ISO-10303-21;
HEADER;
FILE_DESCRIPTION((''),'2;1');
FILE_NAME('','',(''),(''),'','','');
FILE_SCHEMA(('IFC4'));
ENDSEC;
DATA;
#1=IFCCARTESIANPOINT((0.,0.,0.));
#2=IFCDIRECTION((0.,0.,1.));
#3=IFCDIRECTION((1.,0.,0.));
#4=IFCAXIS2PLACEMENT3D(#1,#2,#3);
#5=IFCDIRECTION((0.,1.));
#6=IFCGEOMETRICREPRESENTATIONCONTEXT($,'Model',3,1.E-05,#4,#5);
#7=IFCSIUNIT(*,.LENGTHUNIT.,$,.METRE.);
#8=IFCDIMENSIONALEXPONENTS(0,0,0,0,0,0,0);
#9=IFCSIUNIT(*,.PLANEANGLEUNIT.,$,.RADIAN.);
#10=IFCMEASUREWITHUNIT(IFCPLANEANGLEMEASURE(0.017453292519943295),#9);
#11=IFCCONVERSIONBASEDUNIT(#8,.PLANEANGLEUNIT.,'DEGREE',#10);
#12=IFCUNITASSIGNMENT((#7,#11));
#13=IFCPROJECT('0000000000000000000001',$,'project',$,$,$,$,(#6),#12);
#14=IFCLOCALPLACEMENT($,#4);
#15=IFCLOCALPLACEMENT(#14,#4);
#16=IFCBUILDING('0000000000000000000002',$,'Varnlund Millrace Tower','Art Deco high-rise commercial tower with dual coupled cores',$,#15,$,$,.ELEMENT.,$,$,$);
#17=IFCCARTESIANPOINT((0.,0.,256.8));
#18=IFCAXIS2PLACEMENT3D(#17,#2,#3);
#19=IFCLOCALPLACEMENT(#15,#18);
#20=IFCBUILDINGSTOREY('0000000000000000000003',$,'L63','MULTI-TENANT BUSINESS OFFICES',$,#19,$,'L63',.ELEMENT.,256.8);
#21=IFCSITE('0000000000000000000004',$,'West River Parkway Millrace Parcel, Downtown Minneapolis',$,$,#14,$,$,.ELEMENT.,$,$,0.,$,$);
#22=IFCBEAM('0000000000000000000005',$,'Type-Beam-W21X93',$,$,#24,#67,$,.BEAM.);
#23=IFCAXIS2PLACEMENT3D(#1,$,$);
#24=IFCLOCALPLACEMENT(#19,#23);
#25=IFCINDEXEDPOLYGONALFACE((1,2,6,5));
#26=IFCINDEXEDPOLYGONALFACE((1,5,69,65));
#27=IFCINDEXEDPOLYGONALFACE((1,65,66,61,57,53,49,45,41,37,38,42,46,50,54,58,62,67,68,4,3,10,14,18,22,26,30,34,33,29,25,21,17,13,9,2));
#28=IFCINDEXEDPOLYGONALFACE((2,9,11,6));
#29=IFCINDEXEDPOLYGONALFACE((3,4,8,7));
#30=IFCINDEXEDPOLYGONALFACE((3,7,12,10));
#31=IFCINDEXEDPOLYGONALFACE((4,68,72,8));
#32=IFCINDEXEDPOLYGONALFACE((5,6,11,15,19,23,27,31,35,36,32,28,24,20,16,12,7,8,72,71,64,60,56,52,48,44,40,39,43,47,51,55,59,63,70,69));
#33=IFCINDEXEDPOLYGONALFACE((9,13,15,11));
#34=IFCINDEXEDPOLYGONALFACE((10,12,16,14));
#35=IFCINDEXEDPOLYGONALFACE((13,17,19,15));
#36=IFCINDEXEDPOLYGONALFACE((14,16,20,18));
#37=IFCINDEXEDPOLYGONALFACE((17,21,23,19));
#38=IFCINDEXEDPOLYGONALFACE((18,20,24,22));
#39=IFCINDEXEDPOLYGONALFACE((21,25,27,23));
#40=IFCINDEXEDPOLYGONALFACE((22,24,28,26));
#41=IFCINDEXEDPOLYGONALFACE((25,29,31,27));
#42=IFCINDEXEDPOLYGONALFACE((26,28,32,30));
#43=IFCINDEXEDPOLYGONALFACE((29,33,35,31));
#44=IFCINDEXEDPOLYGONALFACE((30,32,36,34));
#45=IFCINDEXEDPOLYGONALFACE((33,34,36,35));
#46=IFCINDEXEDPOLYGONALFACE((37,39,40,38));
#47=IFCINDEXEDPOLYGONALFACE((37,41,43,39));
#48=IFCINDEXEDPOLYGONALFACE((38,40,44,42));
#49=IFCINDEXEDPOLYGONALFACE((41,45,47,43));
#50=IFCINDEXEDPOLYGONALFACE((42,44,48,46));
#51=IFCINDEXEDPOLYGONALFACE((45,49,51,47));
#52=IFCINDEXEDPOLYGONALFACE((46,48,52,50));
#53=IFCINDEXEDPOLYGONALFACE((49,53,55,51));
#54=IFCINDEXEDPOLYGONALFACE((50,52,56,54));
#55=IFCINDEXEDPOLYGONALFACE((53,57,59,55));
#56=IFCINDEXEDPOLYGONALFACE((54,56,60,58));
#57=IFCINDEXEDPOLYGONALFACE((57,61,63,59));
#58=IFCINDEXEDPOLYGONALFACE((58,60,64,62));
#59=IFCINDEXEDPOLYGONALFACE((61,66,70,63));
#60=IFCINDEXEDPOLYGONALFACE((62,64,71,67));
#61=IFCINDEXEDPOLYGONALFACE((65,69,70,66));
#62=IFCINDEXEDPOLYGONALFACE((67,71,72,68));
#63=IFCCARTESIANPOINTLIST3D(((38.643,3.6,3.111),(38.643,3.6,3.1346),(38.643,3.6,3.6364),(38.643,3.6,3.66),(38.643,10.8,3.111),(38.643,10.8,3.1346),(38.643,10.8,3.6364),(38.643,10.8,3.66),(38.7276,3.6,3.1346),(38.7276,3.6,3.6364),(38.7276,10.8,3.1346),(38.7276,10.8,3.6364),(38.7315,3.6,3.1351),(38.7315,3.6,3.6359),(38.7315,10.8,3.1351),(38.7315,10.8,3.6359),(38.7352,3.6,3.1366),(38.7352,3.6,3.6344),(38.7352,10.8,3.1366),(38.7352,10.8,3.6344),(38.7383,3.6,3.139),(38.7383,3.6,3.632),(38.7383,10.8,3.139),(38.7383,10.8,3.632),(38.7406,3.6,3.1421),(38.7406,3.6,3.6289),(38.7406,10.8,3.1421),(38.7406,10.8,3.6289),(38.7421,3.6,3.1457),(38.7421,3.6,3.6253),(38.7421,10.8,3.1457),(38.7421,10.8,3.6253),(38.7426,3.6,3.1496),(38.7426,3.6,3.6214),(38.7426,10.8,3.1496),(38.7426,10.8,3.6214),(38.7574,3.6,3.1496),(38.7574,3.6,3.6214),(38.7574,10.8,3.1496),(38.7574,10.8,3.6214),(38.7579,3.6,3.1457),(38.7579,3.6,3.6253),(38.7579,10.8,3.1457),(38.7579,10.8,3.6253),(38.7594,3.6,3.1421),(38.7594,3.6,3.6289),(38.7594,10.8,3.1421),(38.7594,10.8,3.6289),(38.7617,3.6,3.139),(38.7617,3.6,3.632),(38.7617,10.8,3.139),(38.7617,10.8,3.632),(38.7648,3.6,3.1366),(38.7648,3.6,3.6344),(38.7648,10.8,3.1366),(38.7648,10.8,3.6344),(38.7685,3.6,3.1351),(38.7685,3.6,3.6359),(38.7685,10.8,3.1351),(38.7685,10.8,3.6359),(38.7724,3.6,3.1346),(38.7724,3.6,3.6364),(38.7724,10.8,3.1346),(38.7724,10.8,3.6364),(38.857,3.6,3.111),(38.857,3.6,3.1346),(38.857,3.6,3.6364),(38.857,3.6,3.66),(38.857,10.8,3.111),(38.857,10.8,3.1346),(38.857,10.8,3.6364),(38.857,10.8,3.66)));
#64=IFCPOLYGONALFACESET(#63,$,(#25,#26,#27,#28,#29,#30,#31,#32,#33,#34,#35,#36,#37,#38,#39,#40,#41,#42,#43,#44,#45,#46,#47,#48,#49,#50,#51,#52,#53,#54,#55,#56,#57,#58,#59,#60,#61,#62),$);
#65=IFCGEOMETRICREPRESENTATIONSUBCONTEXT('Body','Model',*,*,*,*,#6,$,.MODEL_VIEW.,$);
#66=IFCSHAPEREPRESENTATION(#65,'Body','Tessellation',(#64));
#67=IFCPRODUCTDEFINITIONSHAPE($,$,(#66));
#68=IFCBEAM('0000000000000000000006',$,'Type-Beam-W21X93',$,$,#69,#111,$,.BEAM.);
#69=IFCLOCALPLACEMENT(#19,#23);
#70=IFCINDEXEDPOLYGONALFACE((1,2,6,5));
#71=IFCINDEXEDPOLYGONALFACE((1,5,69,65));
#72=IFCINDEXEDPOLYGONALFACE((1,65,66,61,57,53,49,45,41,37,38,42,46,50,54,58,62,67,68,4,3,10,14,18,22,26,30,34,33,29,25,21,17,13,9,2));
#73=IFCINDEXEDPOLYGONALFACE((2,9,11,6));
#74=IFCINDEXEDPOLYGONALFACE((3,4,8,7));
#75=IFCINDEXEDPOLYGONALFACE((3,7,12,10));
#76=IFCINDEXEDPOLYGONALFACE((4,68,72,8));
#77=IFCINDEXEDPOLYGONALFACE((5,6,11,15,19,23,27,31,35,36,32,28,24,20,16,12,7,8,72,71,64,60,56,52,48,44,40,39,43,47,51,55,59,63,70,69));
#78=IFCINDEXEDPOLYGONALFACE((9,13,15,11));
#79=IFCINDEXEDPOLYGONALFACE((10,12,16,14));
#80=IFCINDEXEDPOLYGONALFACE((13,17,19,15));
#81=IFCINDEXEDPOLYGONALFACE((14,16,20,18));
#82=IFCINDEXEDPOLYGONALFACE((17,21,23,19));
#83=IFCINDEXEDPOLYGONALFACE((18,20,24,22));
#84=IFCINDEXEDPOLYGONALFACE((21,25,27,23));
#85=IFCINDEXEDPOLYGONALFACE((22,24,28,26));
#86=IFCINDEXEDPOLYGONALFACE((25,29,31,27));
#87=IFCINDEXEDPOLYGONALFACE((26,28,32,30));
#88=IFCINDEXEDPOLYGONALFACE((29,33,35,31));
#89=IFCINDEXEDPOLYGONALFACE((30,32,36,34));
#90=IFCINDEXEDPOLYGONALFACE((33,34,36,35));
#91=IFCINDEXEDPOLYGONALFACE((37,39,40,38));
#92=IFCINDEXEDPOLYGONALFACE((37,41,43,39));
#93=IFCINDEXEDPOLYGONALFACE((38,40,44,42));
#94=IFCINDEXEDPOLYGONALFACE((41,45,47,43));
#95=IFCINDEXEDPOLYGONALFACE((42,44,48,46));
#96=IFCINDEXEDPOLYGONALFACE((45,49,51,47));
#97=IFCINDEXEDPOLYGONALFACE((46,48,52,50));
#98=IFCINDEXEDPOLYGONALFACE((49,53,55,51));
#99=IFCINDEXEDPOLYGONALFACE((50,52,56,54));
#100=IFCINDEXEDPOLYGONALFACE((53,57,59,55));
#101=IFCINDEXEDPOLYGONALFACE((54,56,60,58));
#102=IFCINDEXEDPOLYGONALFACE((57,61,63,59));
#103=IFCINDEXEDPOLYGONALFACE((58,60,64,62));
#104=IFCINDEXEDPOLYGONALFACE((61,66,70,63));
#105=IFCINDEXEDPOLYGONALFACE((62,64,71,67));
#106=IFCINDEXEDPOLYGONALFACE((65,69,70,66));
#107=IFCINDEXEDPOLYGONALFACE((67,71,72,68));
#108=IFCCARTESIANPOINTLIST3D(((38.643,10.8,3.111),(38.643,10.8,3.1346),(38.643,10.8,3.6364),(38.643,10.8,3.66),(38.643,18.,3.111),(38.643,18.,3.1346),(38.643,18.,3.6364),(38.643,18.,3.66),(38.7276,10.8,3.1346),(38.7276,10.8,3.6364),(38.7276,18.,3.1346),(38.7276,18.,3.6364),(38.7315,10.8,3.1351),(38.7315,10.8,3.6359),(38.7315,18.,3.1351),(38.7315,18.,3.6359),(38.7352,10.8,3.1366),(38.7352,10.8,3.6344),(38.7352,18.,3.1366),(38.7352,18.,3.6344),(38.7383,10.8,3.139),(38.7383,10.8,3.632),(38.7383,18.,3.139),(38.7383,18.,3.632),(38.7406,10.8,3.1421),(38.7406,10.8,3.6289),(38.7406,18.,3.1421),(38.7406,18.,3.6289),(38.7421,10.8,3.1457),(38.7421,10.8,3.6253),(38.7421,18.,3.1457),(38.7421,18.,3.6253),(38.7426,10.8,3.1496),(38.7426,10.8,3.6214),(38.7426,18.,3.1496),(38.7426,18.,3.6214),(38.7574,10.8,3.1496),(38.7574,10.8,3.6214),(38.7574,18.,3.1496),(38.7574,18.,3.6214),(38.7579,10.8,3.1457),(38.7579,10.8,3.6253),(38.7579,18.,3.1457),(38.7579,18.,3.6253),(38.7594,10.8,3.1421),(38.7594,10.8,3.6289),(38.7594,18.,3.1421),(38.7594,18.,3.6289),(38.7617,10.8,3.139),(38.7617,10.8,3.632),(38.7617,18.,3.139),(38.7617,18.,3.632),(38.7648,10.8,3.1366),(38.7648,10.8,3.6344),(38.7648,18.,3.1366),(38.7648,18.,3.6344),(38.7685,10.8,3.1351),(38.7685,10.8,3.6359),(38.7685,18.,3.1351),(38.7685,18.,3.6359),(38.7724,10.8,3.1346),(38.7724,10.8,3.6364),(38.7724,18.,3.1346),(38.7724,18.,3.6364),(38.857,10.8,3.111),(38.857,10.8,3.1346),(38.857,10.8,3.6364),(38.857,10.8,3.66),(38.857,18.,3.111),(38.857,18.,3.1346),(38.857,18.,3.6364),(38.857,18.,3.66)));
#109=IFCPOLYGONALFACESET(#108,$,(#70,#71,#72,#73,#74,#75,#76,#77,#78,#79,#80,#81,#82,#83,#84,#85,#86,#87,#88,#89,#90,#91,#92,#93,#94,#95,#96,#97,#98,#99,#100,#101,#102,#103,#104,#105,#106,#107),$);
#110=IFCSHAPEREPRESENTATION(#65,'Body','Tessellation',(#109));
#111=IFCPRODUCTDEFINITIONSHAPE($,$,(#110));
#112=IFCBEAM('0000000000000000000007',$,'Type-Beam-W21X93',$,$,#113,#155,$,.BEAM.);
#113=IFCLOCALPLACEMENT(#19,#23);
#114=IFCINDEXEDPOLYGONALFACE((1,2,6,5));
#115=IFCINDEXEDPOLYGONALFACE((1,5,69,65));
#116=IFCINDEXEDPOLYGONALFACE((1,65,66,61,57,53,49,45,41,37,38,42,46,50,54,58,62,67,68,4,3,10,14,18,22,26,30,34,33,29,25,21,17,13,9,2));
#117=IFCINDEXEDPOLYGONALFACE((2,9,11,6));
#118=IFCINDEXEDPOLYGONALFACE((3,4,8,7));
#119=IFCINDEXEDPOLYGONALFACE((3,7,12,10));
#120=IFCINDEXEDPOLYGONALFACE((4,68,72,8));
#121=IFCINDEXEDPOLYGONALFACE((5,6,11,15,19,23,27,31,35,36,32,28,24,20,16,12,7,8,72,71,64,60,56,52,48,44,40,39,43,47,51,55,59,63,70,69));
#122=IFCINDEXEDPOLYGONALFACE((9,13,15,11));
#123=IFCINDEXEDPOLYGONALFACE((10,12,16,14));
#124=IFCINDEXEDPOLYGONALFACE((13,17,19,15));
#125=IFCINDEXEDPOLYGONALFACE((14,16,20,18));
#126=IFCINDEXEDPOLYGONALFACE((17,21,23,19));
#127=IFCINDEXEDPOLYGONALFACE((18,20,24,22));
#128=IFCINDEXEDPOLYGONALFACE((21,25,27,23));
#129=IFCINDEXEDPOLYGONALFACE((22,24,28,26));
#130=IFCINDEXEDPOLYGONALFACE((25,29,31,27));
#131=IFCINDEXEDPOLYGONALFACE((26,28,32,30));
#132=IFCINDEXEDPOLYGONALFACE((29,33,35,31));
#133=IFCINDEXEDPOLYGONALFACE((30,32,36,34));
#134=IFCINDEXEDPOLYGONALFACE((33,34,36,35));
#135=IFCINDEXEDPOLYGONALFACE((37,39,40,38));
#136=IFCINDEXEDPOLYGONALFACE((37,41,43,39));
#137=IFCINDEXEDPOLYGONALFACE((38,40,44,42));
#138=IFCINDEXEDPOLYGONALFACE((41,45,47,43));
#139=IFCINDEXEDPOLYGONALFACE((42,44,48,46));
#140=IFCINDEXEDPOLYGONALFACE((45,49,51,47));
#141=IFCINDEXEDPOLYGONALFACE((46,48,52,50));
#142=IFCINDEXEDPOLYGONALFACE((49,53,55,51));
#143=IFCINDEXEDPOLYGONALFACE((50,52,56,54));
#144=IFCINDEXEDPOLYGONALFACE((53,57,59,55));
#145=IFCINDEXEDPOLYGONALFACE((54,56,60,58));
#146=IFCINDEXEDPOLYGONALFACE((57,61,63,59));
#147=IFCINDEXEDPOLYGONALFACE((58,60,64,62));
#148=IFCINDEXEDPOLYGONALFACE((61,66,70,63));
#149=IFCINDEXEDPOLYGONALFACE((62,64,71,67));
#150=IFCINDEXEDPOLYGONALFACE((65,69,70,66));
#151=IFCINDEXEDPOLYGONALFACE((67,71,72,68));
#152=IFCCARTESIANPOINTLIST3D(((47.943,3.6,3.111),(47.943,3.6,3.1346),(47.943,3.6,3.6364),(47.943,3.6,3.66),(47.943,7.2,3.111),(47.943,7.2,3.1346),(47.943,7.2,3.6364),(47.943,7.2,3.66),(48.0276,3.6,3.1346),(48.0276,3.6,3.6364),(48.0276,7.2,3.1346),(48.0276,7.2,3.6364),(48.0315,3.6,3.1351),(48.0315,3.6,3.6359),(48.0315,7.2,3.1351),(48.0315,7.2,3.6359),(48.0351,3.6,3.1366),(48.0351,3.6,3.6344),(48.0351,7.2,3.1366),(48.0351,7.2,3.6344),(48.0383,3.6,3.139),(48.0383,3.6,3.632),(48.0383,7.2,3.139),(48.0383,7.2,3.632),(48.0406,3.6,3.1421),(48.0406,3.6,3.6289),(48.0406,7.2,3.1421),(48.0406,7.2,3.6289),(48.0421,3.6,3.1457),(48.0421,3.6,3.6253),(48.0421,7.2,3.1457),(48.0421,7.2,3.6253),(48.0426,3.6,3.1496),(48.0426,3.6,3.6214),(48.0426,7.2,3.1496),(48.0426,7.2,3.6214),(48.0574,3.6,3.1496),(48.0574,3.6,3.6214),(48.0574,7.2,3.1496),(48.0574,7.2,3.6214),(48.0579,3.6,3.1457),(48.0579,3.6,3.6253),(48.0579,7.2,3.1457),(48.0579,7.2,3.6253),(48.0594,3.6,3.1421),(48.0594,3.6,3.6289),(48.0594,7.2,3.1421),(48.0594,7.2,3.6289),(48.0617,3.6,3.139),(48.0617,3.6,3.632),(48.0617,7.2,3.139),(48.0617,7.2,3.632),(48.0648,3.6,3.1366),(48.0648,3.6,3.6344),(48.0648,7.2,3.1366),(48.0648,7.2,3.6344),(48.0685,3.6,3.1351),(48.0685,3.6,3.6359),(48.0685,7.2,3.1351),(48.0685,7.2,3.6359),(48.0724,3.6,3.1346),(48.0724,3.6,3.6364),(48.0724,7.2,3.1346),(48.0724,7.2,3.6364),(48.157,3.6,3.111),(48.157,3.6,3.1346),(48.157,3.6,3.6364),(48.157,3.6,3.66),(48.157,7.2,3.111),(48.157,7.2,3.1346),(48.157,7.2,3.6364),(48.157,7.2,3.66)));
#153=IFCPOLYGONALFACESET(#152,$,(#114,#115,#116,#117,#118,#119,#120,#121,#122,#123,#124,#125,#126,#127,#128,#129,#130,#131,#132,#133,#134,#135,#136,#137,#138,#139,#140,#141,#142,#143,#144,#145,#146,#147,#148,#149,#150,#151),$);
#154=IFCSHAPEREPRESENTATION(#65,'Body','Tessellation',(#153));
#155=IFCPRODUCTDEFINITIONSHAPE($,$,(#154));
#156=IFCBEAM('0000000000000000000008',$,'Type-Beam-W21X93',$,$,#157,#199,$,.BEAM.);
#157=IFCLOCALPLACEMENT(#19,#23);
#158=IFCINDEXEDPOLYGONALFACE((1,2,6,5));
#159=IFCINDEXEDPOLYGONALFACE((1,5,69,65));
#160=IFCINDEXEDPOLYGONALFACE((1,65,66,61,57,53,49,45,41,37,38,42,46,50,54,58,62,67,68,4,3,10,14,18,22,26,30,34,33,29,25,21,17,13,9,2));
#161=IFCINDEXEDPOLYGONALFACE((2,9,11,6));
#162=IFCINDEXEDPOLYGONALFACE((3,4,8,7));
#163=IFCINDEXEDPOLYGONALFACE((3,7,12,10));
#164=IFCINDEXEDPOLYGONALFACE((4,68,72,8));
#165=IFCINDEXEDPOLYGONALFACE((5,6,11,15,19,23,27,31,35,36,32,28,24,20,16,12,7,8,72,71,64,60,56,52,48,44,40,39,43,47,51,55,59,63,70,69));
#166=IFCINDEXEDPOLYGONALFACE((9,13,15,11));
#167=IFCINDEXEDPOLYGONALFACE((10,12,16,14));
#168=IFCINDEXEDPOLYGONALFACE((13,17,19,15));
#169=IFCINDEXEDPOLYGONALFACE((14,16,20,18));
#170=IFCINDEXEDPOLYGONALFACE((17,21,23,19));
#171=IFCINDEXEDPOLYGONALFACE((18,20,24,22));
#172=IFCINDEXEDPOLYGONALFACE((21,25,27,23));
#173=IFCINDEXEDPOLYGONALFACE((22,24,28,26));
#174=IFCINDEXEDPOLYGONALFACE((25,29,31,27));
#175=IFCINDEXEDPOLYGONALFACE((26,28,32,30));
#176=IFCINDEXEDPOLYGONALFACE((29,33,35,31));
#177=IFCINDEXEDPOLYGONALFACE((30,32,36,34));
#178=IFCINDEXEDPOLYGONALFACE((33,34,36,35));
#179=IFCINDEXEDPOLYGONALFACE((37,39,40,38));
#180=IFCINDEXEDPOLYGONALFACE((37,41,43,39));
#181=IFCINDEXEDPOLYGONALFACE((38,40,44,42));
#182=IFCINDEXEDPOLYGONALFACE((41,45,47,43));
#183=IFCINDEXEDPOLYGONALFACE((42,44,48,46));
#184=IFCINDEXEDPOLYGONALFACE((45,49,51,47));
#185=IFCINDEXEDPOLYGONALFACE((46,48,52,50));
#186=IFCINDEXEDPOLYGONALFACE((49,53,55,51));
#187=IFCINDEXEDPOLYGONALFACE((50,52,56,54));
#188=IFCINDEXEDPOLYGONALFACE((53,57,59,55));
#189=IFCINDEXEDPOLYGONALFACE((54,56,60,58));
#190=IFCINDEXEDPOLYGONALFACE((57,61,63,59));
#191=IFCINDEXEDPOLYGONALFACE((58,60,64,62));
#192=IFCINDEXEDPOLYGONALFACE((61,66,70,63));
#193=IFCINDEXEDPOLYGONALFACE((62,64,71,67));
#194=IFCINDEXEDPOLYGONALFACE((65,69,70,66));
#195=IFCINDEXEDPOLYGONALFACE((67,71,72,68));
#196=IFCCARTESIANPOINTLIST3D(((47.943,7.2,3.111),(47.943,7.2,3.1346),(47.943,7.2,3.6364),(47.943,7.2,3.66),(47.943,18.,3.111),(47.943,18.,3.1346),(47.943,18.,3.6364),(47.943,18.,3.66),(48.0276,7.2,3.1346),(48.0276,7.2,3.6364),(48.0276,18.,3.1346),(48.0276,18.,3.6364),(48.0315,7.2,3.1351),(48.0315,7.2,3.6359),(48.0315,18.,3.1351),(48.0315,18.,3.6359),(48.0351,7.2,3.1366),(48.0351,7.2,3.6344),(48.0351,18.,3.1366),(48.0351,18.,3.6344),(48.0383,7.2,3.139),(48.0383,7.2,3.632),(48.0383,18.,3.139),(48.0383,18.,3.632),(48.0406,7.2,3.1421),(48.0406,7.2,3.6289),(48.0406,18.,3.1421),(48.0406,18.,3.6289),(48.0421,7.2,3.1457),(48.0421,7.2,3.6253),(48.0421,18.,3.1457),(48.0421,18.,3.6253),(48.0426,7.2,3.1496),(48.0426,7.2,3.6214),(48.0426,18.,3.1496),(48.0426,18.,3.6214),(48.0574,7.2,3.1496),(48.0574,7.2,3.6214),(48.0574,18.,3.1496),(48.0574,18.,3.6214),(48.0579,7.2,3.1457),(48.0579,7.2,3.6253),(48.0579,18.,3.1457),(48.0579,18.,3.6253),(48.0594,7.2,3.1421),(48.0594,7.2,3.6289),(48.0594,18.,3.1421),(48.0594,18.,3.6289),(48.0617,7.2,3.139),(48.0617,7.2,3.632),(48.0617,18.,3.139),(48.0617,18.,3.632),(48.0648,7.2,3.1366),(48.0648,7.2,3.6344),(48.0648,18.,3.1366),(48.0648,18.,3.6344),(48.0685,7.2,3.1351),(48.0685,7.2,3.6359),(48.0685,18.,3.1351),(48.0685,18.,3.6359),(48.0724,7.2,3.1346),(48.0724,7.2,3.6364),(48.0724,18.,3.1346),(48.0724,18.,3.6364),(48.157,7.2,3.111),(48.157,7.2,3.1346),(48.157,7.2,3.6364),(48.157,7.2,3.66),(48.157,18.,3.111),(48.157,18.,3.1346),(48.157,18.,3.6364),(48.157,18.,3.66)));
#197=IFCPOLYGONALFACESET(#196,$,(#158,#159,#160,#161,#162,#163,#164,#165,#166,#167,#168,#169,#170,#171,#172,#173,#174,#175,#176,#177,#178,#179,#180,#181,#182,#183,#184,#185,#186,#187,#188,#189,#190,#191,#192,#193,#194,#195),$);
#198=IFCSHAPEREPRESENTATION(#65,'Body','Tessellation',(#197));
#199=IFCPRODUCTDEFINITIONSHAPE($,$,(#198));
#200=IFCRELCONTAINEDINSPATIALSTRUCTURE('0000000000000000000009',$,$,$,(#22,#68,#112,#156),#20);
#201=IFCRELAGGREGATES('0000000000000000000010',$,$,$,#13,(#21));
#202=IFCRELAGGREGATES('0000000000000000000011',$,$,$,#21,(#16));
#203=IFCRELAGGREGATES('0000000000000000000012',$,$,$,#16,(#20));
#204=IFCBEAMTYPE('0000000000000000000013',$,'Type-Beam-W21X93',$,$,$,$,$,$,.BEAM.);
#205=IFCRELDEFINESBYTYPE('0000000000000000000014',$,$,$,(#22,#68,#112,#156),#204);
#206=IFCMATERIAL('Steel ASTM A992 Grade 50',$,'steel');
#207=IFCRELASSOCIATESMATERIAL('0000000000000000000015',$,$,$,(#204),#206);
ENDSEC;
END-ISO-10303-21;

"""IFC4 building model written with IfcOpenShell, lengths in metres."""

from ifc_helpers import new_model, entity, si_unit, converted_unit, direction, frame, origin_with_axes, origin_2d_with_axis, place, context, subcontext, project, spatial, i_section, extrude, material, material_profile, profile_set, type_object, element, save


model = new_model("IFC4")

# Units and contexts
model_context = context("Model", 3, precision=1e-05, world=origin_with_axes(), true_north=direction((0.0, 1.0)))
body_context = subcontext(model_context, "Body", "Model", "MODEL_VIEW")
ifc_project = project(units=[si_unit("LENGTHUNIT", "METRE"), converted_unit("PLANEANGLEUNIT", "DEGREE", entity("IfcPlaneAngleMeasure", 0.017453292519943295), si_unit("PLANEANGLEUNIT", "RADIAN"), dimensions=[0, 0, 0, 0, 0, 0, 0])], contexts=[model_context])

# Site, building, storey
site_placement = place(None, origin_with_axes())
site = spatial("IfcSite", under=ifc_project, at=site_placement, Name="West River Parkway Millrace Parcel, Downtown Minneapolis", CompositionType="ELEMENT", RefElevation=0.0)
building_placement = place(site_placement, origin_with_axes())
building = spatial("IfcBuilding", under=site, at=building_placement, Name="Varnlund Millrace Tower", Description="Art Deco high-rise commercial tower with dual coupled cores", CompositionType="ELEMENT")
storey_placement = place(building_placement, frame((0.0, 0.0, 256.8), z_axis=(0.0, 0.0, 1.0), x_axis=(1.0, 0.0, 0.0)))
storey = spatial("IfcBuildingStorey", under=building, at=storey_placement, Name="L63", Description="MULTI-TENANT BUSINESS OFFICES", LongName="L63", CompositionType="ELEMENT", Elevation=256.8)

# Beams
ifc_material_1 = material(Name="Steel ASTM A992 Grade 50", Category="steel")
ifc_material_profile_1 = material_profile(ifc_material_1, i_section(OverallWidth=0.214, OverallDepth=0.549, WebThickness=0.0147, FlangeThickness=0.0236, FilletRadius=0.015, at=origin_2d_with_axis()), Name="Steel ASTM A992 Grade 50")
ifc_profile_set_1 = profile_set([ifc_material_profile_1], Name="Steel ASTM A992 Grade 50")
beam_type_1 = type_object("IfcBeamType", Name="Type-Beam-W21X93", PredefinedType="BEAM", material=ifc_profile_set_1)
for number, where, z_axis, x_axis, name in (
    (1, (38.75, 3.6, 3.3855), (0.0, 1.0, 0.0), (-1.0, 0.0, 0.0), "Type-Beam-W21X93"),
    (2, (38.75, 10.8, 3.3855), (0.0, 1.0, 0.0), (-1.0, 0.0, 0.0), "Type-Beam-W21X93"),
):
    element("IfcBeam", number, at=place(storey_placement, frame(where, z_axis=z_axis, x_axis=x_axis)), inside=storey, type_object=beam_type_1, Name=name, PredefinedType="BEAM", context=body_context, shape_type="SweptSolid", body=[
        extrude(i_section(OverallWidth=0.214, OverallDepth=0.549, WebThickness=0.0147, FlangeThickness=0.0236, FilletRadius=0.015, at=origin_2d_with_axis()), origin_with_axes(), (0.0, 0.0, 1.0), 7.2),
    ])
beam_1_placement = place(storey_placement, frame((48.05, 3.6, 3.3855), z_axis=(0.0, 1.0, 0.0), x_axis=(-1.0, 0.0, 0.0)))
element("IfcBeam", 3, at=beam_1_placement, inside=storey, type_object=beam_type_1, Name="Type-Beam-W21X93", PredefinedType="BEAM", context=body_context, shape_type="SweptSolid", body=[
    extrude(i_section(OverallWidth=0.214, OverallDepth=0.549, WebThickness=0.0147, FlangeThickness=0.0236, FilletRadius=0.015, at=origin_2d_with_axis()), origin_with_axes(), (0.0, 0.0, 1.0), 3.6),
])
beam_2_placement = place(storey_placement, frame((48.05, 7.2, 3.3855), z_axis=(0.0, 1.0, 0.0), x_axis=(-1.0, 0.0, 0.0)))
element("IfcBeam", 4, at=beam_2_placement, inside=storey, type_object=beam_type_1, Name="Type-Beam-W21X93", PredefinedType="BEAM", context=body_context, shape_type="SweptSolid", body=[
    extrude(i_section(OverallWidth=0.214, OverallDepth=0.549, WebThickness=0.0147, FlangeThickness=0.0236, FilletRadius=0.015, at=origin_2d_with_axis()), origin_with_axes(), (0.0, 0.0, 1.0), 10.8),
])

save(model, "model.ifc")
